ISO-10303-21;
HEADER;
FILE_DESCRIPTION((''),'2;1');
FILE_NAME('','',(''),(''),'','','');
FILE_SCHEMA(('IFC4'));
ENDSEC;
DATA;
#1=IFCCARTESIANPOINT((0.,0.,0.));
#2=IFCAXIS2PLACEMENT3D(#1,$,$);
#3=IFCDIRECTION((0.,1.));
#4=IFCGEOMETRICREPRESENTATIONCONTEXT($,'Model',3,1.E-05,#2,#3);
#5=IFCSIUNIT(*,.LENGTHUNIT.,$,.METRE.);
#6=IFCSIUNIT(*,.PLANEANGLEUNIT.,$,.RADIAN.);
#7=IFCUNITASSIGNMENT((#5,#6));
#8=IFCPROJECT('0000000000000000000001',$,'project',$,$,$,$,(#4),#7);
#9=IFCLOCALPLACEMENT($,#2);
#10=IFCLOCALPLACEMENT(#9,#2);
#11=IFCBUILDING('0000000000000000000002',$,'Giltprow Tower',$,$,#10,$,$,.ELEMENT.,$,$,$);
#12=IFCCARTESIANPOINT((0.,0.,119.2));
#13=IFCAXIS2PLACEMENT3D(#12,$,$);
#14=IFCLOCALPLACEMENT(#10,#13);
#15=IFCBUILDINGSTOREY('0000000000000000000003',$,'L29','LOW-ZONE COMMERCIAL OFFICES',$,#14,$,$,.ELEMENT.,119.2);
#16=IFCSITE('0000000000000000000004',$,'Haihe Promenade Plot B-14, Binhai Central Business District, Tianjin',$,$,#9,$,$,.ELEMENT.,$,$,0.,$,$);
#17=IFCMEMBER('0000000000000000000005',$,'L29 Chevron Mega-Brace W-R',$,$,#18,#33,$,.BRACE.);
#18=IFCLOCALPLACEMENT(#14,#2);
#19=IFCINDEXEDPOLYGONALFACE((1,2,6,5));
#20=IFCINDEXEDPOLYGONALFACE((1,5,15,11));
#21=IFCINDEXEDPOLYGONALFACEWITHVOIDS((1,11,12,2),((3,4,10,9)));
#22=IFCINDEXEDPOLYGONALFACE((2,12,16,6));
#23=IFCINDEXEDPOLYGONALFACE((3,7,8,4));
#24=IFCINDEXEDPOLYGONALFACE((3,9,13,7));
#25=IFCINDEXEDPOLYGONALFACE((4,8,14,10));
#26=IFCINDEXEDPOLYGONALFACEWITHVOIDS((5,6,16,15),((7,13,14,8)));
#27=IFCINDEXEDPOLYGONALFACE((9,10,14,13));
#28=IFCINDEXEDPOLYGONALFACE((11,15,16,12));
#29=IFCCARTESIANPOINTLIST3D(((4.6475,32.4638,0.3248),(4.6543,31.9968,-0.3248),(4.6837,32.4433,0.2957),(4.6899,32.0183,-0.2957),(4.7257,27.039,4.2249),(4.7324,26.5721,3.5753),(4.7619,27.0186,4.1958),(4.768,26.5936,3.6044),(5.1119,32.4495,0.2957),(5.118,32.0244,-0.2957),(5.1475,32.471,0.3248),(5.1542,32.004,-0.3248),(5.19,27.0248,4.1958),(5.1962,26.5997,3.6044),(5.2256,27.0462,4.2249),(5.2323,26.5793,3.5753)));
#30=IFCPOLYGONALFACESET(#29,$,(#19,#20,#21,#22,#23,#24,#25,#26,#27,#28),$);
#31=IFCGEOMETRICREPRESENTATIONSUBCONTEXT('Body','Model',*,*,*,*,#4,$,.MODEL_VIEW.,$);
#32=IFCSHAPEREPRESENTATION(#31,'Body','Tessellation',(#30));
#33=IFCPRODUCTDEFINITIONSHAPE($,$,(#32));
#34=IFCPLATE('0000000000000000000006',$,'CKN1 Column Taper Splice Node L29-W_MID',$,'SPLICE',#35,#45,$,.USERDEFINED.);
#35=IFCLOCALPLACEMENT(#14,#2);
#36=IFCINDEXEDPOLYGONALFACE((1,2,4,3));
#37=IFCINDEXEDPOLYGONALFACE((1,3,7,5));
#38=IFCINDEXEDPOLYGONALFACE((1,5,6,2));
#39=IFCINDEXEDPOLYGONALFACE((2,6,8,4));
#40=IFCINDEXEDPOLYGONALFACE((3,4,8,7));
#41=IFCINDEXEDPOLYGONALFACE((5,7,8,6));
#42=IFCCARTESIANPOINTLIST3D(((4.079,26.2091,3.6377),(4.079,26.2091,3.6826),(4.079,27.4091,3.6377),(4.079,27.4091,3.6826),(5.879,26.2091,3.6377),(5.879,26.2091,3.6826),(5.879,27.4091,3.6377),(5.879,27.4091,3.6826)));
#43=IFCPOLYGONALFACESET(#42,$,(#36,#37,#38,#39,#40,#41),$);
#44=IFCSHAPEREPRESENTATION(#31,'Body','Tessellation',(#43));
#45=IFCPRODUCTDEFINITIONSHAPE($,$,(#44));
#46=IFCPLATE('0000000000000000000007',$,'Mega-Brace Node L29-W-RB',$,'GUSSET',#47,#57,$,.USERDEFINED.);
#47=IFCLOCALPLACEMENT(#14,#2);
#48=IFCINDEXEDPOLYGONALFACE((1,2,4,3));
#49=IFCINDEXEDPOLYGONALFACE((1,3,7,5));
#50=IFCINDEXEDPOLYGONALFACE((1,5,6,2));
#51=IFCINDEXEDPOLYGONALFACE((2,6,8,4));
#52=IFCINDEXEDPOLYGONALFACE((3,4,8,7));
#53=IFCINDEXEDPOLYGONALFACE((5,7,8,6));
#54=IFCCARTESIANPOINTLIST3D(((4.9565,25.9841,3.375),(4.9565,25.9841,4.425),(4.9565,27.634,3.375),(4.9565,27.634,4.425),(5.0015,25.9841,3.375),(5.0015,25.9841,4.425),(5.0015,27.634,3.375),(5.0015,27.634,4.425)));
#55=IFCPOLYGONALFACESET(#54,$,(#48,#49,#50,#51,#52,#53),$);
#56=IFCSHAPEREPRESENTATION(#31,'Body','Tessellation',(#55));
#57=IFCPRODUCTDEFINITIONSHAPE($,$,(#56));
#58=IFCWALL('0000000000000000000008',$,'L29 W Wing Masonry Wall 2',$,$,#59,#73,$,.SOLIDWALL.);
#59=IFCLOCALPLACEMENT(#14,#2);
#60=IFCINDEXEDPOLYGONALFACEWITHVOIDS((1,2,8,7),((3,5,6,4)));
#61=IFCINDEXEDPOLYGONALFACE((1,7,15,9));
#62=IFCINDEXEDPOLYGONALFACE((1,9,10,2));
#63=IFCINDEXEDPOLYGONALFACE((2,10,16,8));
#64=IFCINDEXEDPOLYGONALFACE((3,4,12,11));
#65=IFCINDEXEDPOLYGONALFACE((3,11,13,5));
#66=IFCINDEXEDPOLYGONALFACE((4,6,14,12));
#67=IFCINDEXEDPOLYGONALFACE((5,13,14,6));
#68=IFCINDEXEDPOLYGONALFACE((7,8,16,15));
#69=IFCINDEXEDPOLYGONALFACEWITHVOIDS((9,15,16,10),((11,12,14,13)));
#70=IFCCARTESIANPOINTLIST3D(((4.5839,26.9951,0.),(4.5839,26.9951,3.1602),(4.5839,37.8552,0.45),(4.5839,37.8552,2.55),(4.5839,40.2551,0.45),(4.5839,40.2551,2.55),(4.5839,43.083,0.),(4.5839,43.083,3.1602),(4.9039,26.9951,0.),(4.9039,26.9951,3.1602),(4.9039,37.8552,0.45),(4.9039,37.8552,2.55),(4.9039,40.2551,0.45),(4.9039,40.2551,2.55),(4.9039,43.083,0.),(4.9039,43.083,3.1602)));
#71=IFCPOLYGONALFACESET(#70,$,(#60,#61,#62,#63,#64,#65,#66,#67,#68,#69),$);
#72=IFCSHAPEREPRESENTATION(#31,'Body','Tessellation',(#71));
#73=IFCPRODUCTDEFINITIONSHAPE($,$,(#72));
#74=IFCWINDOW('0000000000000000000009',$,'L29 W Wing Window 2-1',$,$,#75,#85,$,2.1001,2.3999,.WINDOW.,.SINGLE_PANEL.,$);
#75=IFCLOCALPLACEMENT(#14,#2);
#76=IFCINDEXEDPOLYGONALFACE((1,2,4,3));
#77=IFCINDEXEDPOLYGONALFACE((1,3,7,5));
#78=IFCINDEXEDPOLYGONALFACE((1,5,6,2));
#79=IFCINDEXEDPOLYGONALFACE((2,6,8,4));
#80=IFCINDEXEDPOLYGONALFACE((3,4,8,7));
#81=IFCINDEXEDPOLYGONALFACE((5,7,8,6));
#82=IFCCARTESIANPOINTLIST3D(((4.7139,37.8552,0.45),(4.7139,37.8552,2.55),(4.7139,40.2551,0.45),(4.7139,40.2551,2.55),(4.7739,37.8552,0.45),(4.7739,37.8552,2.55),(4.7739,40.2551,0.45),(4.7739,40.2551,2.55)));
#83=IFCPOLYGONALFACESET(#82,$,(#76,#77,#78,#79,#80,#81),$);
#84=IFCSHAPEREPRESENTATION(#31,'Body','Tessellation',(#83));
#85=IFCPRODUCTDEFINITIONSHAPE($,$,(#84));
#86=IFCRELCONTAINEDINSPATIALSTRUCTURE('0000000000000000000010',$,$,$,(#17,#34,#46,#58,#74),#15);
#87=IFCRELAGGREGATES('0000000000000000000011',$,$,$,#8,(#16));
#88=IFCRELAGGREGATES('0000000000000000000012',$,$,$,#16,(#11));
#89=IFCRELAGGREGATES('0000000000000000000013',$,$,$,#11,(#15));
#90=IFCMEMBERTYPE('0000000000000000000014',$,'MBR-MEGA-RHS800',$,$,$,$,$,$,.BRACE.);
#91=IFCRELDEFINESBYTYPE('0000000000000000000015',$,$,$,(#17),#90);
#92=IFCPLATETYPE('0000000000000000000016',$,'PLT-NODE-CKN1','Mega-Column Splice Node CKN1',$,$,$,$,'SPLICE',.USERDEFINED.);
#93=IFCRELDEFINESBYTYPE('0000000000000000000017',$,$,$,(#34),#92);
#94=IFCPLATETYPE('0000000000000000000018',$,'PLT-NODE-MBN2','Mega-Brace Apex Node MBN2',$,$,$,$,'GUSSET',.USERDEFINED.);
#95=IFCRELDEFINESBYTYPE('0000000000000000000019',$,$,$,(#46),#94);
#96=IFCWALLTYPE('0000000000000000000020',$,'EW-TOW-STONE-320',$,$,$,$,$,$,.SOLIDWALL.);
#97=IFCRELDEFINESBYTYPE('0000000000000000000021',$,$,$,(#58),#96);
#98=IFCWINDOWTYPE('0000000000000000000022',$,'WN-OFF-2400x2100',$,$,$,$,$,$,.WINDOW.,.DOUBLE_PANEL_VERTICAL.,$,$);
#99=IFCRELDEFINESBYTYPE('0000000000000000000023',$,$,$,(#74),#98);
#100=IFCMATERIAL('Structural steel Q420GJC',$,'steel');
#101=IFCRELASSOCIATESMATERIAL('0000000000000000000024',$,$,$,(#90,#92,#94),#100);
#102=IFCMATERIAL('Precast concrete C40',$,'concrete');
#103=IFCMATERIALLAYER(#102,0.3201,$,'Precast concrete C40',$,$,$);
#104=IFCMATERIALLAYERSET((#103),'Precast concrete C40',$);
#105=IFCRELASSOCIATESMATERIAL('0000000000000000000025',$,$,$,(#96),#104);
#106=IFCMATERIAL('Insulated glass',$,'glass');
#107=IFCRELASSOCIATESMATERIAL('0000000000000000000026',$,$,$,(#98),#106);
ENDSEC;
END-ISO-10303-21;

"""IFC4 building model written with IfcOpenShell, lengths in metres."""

from ifc_helpers import new_model, si_unit, direction, frame, frame_2d, origin, origin_2d, place, context, subcontext, project, spatial, rectangle, hollow_rectangle, extrude, source, transform, mapped, material, layer, layer_set, material_profile, profile_set, type_object, element, fill, save


model = new_model("IFC4")

# Units and contexts
model_context = context("Model", 3, precision=1e-05, world=origin(), true_north=direction((0.0, 1.0)))
body_context = subcontext(model_context, "Body", "Model", "MODEL_VIEW")
ifc_project = project(units=[si_unit("LENGTHUNIT", "METRE"), si_unit("PLANEANGLEUNIT", "RADIAN")], contexts=[model_context])

# Site, building, storey
site_placement = place(None, origin())
site = spatial("IfcSite", under=ifc_project, at=site_placement, Name="Haihe Promenade Plot B-14, Binhai Central Business District, Tianjin", CompositionType="ELEMENT", RefElevation=0.0)
building_placement = place(site_placement, origin())
building = spatial("IfcBuilding", under=site, at=building_placement, Name="Giltprow Tower", CompositionType="ELEMENT")
storey_placement = place(building_placement, frame((0.0, 0.0, 119.2)))
storey = spatial("IfcBuildingStorey", under=building, at=storey_placement, Name="L29", Description="LOW-ZONE COMMERCIAL OFFICES", CompositionType="ELEMENT", Elevation=119.2)

# Shared definitions
ifc_material_1 = material(Name="Structural steel Q420GJC", Category="steel")

# Member
ifc_material_profile_1 = material_profile(ifc_material_1, hollow_rectangle(XDim=0.5, YDim=0.8, WallThickness=0.0359, at=origin_2d()), Name="RHS 800x500x36")
ifc_profile_set_1 = profile_set([ifc_material_profile_1], Name="Structural steel Q420GJC")
member_type = type_object("IfcMemberType", Name="MBR-MEGA-RHS800", PredefinedType="BRACE", material=ifc_profile_set_1)
shared_shape_1 = source(origin(), body_context, "Body", "SweptSolid", [
    extrude(hollow_rectangle(XDim=0.5, YDim=0.8, WallThickness=0.0359, at=origin_2d()), origin(), (0.0, 0.0, 1.0), 6.6816),
])
member_placement = place(storey_placement, frame((4.9009, 32.2339, 0.0), z_axis=(0.011692, -0.811884, 0.583702), x_axis=(0.999896, 0.0144, 0.0)))
element("IfcMember", 1, at=member_placement, inside=storey, type_object=member_type, Name="L29 Chevron Mega-Brace W-R", PredefinedType="BRACE", context=body_context, shape_type="MappedRepresentation", body=[
    mapped(shared_shape_1, transform((0.0, 0.0, 0.0), x_axis=(1.0, 0.0, 0.0), y_axis=(0.0, 1.0, 0.0), z_axis=(0.0, 0.0, 1.0), scale=1.0)),
])

# Plates
plate_type_1 = type_object("IfcPlateType", Name="PLT-NODE-CKN1", Description="Mega-Column Splice Node CKN1", ElementType="SPLICE", PredefinedType="USERDEFINED", material=ifc_material_1)
shared_shape_2 = source(origin(), body_context, "Body", "SweptSolid", [
    extrude(rectangle(XDim=1.8, YDim=1.2, at=origin_2d()), origin(), (0.0, 0.0, 1.0), 0.0449),
])
plate_1_placement = place(storey_placement, frame((4.979, 26.8091, 3.6377), z_axis=(0.0, 0.0, 1.0), x_axis=(1.0, 0.0, 0.0)))
element("IfcPlate", 2, at=plate_1_placement, inside=storey, type_object=plate_type_1, Name="CKN1 Column Taper Splice Node L29-W_MID", ObjectType="SPLICE", PredefinedType="USERDEFINED", context=body_context, shape_type="MappedRepresentation", body=[
    mapped(shared_shape_2, transform((0.0, 0.0, 0.0), x_axis=(1.0, 0.0, 0.0), y_axis=(0.0, 1.0, 0.0), z_axis=(0.0, 0.0, 1.0), scale=1.0)),
])
plate_type_2 = type_object("IfcPlateType", Name="PLT-NODE-MBN2", Description="Mega-Brace Apex Node MBN2", ElementType="GUSSET", PredefinedType="USERDEFINED", material=ifc_material_1)
shared_shape_3 = source(origin(), body_context, "Body", "SweptSolid", [
    extrude(rectangle(XDim=1.6499, YDim=0.0449, at=origin_2d()), origin(), (0.0, 0.0, 1.0), 1.05),
])
plate_2_placement = place(storey_placement, frame((4.979, 26.8091, 3.375), z_axis=(0.0, 0.0, 1.0), x_axis=(0.0, 1.0, 0.0)))
element("IfcPlate", 3, at=plate_2_placement, inside=storey, type_object=plate_type_2, Name="Mega-Brace Node L29-W-RB", ObjectType="GUSSET", PredefinedType="USERDEFINED", context=body_context, shape_type="MappedRepresentation", body=[
    mapped(shared_shape_3, transform((0.0, 0.0, 0.0), x_axis=(1.0, 0.0, 0.0), y_axis=(0.0, 1.0, 0.0), z_axis=(0.0, 0.0, 1.0), scale=1.0)),
])

# Wall, opening, window
ifc_material_2 = material(Name="Precast concrete C40", Category="concrete")
ifc_layer_1 = layer(ifc_material_2, 0.3201, Name="Precast concrete C40")
ifc_layer_set_1 = layer_set([ifc_layer_1], Name="Precast concrete C40")
wall_type_1 = type_object("IfcWallType", Name="EW-TOW-STONE-320", PredefinedType="SOLIDWALL", material=ifc_layer_set_1)
wall_1_placement = place(storey_placement, frame((4.7439, 26.9951, 0.0), z_axis=(0.0, 0.0, 1.0), x_axis=(0.0, 1.0, 0.0)))
wall_1 = element("IfcWall", 4, at=wall_1_placement, inside=storey, type_object=wall_type_1, Name="L29 W Wing Masonry Wall 2", PredefinedType="SOLIDWALL", context=body_context, shape_type="SweptSolid", body=[
    extrude(rectangle(XDim=16.0879, YDim=0.3201, at=frame_2d((8.0439, 0.0))), origin(), (0.0, 0.0, 1.0), 3.1602),
])
opening_1_placement = place(wall_1_placement, frame((10.8601, 0.0, 0.45)))
opening_1 = element("IfcOpeningElement", 5, at=opening_1_placement, cuts=wall_1, PredefinedType="OPENING", context=body_context, shape_type="SweptSolid", body=[
    extrude(rectangle(XDim=2.3999, YDim=2.1001, at=frame_2d((1.2, 1.05))), frame((0.0, 0.1699, 0.0), z_axis=(0.0, -1.0, 0.0), x_axis=(1.0, 0.0, 0.0)), (0.0, 0.0, 1.0), 0.3401),
])
ifc_material_3 = material(Name="Insulated glass", Category="glass")
window_type = type_object("IfcWindowType", Name="WN-OFF-2400x2100", PartitioningType="DOUBLE_PANEL_VERTICAL", PredefinedType="WINDOW", material=ifc_material_3)
shared_shape_4 = source(origin(), body_context, "Body", "SweptSolid", [
    extrude(rectangle(XDim=2.3999, YDim=2.1001, at=frame_2d((1.2, 1.05))), frame((0.0, 0.03, 0.0), z_axis=(0.0, -1.0, 0.0), x_axis=(1.0, 0.0, 0.0)), (0.0, 0.0, 1.0), 0.0601),
])
window_placement = place(opening_1_placement, origin())
window = element("IfcWindow", 6, at=window_placement, inside=storey, type_object=window_type, Name="L29 W Wing Window 2-1", OverallHeight=2.1001, OverallWidth=2.3999, PartitioningType="SINGLE_PANEL", PredefinedType="WINDOW", context=body_context, shape_type="MappedRepresentation", body=[
    mapped(shared_shape_4, transform((0.0, 0.0, 0.0), x_axis=(1.0, 0.0, 0.0), y_axis=(0.0, 1.0, 0.0), z_axis=(0.0, 0.0, 1.0), scale=1.0)),
])
fill(opening_1, window)

save(model, "model.ifc")
